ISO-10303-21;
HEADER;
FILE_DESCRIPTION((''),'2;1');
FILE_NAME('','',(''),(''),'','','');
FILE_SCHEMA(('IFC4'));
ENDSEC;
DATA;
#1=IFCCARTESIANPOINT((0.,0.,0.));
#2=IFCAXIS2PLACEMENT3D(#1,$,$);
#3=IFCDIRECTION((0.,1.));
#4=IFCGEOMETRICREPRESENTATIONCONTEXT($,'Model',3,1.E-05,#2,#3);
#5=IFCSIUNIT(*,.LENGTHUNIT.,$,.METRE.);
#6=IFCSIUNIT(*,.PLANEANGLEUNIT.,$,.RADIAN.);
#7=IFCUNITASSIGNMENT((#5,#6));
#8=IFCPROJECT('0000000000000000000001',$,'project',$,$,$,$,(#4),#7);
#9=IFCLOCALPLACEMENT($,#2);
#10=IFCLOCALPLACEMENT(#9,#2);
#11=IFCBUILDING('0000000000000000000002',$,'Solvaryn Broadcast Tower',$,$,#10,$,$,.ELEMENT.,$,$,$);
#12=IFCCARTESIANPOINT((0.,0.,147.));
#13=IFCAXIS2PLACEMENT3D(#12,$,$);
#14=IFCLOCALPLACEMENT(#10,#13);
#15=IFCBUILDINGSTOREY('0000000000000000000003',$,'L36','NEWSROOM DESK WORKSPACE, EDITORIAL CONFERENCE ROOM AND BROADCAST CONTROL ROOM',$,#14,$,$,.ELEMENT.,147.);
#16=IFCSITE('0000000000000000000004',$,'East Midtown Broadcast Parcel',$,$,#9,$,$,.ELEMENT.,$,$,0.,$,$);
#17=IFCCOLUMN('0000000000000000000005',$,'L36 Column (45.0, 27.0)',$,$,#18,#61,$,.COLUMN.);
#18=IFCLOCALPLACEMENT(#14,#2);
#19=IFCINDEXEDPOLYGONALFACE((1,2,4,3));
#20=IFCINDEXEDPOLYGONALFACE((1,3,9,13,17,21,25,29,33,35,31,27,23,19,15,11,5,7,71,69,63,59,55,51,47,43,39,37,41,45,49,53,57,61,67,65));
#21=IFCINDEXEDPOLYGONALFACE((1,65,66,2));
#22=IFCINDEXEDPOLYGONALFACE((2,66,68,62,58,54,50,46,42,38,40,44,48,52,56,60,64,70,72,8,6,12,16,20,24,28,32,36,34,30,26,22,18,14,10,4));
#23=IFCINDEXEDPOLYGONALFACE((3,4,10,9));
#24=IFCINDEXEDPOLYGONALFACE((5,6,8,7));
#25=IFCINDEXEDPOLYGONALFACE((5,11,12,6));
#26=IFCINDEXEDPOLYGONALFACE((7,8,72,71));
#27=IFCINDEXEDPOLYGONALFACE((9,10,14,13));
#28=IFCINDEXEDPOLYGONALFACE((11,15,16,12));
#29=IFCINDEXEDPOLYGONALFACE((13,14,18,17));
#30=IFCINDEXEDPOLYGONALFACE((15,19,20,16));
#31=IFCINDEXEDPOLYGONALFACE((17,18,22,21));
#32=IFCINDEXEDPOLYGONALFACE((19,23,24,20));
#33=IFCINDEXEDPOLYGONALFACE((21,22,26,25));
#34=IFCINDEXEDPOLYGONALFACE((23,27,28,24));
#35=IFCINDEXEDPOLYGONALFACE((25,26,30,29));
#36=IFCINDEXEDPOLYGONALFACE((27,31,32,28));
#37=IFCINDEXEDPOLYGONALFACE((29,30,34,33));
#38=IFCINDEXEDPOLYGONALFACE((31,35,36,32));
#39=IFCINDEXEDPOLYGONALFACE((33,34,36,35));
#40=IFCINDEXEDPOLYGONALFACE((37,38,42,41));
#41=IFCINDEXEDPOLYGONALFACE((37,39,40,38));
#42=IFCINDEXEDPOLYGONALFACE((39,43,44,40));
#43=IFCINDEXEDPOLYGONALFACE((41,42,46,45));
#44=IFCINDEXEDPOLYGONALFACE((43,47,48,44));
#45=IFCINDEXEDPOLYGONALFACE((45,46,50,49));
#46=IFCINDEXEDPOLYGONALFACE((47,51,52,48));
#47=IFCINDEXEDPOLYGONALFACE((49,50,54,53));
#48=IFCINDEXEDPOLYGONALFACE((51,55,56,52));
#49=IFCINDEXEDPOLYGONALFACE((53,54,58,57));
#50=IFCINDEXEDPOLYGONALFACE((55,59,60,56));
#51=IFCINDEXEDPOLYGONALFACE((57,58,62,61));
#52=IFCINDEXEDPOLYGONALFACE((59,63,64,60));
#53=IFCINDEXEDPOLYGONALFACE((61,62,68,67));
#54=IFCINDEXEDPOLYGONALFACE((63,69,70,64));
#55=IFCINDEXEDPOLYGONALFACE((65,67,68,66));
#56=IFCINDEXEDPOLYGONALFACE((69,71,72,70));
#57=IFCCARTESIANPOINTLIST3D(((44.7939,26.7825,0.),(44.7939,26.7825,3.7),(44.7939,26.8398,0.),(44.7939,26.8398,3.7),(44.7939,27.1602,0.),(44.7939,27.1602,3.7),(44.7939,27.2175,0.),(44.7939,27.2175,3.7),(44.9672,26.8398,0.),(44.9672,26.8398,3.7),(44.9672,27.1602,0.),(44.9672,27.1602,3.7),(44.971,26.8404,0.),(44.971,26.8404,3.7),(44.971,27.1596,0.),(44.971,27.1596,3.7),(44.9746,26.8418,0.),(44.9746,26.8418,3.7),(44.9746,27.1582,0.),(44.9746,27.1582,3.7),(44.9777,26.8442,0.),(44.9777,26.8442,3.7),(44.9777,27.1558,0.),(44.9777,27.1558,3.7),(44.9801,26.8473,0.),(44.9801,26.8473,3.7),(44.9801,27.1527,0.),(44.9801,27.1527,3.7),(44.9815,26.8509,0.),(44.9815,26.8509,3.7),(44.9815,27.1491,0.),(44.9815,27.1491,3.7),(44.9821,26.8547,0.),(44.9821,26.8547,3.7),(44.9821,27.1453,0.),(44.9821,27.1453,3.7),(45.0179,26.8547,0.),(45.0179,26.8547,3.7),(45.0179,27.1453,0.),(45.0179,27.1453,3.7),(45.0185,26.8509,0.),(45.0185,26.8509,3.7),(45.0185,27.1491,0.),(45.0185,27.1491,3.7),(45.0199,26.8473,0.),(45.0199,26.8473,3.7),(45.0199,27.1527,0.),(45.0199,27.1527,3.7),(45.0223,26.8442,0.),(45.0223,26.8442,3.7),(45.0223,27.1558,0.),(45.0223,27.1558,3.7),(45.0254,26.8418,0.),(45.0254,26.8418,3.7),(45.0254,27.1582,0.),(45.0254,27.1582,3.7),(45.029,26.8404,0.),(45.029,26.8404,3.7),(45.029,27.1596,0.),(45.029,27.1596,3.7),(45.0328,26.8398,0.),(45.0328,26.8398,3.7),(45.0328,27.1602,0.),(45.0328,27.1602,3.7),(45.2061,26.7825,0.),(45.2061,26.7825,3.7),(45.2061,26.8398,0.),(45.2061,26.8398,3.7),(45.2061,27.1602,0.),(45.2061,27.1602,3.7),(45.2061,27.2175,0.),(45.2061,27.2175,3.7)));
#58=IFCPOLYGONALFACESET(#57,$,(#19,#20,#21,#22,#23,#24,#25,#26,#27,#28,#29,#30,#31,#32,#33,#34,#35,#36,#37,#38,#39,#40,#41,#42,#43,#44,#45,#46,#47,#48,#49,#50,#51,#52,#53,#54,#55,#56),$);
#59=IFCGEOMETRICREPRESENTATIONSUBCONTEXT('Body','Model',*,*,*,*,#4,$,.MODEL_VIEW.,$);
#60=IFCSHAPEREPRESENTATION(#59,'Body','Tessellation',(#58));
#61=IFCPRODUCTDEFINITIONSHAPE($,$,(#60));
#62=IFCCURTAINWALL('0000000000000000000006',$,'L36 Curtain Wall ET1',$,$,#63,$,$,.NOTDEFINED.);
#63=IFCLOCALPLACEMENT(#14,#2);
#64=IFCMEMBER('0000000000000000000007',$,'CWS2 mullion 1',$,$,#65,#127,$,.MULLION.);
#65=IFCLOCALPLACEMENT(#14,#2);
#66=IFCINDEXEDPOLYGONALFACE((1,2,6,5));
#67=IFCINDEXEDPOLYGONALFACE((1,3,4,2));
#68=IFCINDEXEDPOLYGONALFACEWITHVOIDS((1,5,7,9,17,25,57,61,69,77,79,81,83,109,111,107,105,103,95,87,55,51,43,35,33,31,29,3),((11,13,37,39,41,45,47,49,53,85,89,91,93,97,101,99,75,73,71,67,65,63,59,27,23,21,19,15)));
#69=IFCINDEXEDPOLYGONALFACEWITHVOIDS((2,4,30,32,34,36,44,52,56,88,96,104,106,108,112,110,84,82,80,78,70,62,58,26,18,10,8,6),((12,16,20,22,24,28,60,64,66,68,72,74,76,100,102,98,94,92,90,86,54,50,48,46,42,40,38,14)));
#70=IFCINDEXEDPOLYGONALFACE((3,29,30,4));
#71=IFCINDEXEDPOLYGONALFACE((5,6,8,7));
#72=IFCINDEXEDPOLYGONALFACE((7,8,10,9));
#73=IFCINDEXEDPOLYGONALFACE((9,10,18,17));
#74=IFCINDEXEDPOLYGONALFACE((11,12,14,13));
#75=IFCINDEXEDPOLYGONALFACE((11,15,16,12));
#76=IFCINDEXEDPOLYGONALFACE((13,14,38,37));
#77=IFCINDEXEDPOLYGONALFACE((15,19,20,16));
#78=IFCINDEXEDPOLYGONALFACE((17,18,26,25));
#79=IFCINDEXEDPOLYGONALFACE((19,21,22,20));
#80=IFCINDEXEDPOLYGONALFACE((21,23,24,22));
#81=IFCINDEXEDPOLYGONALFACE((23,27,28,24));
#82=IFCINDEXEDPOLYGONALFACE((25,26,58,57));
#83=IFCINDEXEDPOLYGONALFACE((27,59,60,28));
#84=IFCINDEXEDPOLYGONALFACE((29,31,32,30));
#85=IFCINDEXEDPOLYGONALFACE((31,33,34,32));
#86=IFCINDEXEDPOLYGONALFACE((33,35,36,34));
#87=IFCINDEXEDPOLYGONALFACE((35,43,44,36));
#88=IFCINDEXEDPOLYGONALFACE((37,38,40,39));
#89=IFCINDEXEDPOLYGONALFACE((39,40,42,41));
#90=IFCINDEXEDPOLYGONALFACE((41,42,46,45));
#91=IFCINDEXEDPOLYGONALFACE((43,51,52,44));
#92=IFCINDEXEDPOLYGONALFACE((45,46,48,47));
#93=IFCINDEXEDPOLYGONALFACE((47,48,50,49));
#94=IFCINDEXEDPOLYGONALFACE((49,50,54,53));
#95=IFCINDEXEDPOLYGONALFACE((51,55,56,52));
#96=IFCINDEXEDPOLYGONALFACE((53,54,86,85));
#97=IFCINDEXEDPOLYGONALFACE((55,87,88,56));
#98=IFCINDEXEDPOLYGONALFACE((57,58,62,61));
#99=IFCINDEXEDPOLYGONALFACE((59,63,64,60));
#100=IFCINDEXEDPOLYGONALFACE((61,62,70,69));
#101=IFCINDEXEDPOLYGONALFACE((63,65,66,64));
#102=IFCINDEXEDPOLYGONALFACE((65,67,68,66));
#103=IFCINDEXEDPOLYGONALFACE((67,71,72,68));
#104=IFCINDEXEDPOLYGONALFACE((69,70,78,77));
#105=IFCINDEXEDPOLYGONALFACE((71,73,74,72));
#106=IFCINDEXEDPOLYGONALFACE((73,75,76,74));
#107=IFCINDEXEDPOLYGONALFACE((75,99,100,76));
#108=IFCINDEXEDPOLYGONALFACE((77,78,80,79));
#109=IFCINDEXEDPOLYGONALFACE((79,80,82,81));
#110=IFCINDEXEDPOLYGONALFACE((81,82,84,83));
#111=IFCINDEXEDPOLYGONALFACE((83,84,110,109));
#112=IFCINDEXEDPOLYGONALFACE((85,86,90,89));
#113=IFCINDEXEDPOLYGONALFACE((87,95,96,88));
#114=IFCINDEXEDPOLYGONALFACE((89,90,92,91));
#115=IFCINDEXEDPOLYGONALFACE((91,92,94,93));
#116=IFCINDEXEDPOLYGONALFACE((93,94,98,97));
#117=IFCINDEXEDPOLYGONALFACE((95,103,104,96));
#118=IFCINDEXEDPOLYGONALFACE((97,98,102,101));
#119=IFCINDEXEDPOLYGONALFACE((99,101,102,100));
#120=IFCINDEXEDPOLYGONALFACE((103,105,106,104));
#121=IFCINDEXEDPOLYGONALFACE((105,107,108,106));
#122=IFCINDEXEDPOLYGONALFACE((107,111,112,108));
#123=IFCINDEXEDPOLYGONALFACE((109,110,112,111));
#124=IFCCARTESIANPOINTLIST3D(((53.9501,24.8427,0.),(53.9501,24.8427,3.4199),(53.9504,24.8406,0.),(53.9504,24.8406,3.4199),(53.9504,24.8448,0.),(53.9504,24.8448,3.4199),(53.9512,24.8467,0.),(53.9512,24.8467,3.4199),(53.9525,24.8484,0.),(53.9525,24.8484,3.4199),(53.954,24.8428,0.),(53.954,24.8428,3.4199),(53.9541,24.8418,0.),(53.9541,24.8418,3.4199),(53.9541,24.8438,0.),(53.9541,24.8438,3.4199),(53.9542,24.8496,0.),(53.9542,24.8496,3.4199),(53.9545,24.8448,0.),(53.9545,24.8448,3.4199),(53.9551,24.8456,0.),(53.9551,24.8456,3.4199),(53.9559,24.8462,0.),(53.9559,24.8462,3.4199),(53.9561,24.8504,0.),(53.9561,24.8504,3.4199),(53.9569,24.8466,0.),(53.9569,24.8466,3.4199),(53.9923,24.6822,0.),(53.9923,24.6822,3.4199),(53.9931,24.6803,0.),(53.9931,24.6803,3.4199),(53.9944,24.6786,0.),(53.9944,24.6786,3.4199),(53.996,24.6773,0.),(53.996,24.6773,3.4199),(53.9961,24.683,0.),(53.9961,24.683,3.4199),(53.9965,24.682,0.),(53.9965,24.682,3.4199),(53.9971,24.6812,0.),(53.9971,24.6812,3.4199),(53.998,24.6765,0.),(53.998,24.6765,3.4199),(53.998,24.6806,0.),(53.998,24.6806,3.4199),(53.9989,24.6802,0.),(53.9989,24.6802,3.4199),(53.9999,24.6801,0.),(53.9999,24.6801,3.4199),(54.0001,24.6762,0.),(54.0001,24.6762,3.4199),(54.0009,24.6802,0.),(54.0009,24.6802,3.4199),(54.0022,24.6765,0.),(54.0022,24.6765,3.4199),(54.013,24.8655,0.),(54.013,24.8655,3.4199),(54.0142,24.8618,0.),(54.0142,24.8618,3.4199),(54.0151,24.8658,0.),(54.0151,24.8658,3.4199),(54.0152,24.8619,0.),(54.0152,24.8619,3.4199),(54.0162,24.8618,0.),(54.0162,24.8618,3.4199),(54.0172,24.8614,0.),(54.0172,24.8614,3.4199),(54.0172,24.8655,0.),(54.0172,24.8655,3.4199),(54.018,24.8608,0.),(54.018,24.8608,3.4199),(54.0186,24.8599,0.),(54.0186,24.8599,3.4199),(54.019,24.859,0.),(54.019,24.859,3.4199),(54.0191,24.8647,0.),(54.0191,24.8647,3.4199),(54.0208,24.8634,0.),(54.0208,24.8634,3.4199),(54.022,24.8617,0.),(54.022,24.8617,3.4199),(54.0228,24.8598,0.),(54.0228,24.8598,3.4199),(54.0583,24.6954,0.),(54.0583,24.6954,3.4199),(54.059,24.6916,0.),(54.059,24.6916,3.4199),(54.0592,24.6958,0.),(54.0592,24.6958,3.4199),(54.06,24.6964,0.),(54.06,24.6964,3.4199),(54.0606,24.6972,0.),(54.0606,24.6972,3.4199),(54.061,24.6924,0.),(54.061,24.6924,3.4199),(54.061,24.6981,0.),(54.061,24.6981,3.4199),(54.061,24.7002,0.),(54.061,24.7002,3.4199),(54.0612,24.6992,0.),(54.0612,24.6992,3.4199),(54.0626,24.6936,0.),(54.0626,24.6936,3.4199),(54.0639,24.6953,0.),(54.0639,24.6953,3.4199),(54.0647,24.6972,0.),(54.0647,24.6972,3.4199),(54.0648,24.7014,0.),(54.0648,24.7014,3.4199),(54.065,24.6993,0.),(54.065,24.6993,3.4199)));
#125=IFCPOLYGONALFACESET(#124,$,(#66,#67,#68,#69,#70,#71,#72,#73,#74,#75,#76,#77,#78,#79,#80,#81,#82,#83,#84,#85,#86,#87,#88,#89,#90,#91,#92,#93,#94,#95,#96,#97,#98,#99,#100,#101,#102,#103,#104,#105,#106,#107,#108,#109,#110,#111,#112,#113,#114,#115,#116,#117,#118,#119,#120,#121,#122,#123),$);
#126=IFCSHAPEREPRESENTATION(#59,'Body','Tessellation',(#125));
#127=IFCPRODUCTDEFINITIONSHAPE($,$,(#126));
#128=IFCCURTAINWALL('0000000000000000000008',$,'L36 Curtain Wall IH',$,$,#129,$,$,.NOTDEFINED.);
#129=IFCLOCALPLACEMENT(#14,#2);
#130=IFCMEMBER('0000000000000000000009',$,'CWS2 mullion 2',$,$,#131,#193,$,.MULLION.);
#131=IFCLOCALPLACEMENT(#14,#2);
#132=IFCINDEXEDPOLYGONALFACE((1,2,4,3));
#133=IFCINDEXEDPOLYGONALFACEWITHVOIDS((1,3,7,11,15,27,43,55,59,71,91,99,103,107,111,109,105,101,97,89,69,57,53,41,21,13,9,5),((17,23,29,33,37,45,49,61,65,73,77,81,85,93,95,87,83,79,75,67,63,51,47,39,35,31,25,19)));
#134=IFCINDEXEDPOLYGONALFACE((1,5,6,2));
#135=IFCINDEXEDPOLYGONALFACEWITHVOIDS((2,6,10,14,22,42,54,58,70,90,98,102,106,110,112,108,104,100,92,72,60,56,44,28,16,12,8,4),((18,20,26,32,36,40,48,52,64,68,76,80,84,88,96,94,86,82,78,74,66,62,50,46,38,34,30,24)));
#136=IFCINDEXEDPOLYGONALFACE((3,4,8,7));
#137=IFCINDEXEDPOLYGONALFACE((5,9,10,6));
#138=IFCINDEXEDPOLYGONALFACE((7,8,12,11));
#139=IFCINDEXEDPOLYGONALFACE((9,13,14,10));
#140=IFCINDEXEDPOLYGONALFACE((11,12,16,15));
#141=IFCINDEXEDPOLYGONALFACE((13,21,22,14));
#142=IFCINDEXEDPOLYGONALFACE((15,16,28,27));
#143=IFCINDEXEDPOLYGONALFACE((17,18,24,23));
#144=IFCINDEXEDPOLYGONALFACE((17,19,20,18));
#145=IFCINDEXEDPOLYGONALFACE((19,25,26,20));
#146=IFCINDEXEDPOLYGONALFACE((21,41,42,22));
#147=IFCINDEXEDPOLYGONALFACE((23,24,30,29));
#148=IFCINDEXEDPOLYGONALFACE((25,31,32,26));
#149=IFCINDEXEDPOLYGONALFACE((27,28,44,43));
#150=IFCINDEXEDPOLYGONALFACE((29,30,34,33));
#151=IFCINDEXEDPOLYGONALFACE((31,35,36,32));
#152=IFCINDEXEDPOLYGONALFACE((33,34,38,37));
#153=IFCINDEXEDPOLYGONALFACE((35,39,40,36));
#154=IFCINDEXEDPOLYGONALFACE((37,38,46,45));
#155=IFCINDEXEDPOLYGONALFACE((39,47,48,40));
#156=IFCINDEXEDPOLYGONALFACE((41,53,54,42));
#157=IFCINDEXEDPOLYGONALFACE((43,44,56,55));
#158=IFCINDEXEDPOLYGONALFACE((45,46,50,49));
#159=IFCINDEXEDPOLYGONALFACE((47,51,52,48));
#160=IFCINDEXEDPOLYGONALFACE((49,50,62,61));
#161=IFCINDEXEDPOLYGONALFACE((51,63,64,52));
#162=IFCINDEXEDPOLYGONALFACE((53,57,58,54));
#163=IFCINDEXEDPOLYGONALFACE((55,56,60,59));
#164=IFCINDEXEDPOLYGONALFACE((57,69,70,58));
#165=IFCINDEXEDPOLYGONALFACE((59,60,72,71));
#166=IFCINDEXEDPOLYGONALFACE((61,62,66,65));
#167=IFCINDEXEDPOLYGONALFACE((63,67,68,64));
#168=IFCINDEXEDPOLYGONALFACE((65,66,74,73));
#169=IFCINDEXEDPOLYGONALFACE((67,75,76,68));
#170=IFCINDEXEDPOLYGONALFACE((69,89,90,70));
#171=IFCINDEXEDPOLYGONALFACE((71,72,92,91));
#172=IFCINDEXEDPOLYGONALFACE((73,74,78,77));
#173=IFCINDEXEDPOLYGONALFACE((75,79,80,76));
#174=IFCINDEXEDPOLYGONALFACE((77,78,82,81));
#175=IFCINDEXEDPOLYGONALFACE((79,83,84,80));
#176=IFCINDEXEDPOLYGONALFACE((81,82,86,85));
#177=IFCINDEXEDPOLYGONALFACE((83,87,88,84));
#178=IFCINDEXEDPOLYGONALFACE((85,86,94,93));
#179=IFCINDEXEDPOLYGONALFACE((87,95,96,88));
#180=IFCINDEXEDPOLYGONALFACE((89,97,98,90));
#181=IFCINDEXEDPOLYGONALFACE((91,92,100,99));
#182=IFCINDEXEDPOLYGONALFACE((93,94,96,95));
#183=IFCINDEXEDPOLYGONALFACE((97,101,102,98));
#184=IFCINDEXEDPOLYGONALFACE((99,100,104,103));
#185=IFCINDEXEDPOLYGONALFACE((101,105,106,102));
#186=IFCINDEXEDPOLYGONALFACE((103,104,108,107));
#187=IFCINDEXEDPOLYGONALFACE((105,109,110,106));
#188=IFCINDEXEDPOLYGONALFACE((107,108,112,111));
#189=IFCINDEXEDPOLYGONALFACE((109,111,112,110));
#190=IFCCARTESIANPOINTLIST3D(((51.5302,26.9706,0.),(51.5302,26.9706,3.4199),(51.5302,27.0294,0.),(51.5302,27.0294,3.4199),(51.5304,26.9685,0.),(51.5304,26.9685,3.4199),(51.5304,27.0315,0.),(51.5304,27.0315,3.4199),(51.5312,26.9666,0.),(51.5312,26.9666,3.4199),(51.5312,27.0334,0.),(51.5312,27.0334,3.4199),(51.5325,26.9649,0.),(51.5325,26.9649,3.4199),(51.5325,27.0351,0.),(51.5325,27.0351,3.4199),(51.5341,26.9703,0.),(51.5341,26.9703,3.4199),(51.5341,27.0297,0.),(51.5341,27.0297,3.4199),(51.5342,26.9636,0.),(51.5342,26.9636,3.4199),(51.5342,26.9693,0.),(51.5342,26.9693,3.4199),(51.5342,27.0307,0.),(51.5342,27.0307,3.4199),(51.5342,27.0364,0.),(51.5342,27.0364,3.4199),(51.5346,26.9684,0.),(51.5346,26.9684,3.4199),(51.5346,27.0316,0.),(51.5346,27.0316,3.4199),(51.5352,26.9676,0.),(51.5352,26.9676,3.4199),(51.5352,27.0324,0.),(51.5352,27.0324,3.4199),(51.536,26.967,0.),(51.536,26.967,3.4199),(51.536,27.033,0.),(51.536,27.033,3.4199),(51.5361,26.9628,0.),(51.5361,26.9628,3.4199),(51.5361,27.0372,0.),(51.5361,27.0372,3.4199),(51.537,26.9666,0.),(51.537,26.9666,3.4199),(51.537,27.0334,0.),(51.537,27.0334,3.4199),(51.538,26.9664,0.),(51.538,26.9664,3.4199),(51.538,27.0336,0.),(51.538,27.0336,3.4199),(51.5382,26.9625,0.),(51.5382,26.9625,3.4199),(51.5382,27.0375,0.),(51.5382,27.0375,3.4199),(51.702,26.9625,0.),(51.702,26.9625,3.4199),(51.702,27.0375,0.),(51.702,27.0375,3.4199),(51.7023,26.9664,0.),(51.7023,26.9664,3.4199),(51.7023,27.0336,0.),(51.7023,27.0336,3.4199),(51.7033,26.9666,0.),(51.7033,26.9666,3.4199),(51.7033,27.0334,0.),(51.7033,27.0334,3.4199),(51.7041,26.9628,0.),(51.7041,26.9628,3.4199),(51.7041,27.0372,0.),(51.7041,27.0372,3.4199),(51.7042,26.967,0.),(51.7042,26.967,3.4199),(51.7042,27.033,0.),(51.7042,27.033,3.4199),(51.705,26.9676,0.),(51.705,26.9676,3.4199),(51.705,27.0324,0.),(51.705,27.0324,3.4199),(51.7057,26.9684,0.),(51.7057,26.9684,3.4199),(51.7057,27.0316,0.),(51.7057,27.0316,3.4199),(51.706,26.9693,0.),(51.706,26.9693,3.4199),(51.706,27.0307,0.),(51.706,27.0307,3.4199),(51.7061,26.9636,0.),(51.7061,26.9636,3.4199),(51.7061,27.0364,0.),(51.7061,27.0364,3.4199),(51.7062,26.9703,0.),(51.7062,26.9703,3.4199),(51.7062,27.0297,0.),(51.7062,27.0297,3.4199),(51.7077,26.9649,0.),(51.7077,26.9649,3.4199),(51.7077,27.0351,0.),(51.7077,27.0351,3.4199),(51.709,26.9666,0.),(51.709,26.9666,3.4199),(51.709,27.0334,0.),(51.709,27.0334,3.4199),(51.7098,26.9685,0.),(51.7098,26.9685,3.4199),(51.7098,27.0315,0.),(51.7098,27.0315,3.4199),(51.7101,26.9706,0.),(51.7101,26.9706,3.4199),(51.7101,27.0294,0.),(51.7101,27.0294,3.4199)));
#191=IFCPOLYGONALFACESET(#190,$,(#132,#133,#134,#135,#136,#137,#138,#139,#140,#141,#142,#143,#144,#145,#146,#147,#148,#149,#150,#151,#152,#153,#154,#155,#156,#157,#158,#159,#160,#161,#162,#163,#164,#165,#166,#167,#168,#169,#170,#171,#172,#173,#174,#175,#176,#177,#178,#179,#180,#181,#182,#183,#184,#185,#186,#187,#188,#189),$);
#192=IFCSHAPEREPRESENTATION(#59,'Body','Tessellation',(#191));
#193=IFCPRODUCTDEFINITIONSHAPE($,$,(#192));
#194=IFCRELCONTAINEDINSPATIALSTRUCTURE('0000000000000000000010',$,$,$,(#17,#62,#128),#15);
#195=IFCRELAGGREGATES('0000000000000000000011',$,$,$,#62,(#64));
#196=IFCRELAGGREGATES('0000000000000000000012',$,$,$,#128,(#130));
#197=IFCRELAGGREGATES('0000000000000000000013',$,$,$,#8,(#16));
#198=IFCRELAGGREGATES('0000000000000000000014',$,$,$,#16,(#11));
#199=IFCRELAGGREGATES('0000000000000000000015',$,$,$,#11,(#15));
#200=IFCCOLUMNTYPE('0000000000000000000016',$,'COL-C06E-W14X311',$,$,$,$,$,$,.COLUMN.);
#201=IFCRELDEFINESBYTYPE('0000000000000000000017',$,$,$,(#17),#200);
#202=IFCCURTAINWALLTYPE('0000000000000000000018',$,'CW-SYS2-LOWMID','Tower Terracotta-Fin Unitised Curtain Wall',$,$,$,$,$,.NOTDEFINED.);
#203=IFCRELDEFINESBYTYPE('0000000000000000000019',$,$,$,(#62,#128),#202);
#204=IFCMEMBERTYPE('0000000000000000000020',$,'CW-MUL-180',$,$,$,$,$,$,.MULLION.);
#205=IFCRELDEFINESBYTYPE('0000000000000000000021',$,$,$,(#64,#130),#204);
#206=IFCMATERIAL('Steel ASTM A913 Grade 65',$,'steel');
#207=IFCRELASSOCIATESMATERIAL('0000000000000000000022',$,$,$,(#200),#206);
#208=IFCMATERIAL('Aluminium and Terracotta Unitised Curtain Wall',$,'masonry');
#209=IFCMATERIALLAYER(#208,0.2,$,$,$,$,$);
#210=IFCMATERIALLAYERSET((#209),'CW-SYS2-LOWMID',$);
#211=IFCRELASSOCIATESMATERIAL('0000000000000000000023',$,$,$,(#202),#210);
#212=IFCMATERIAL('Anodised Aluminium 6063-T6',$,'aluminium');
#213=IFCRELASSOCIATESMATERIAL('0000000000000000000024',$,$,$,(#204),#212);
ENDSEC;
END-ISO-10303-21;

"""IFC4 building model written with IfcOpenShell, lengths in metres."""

from ifc_helpers import new_model, si_unit, direction, frame, origin, origin_2d, place, context, subcontext, project, spatial, hollow_rectangle, i_section, extrude, material, layer, layer_set, material_profile, profile_set, type_object, element, aggregate, save


model = new_model("IFC4")

# Units and contexts
model_context = context("Model", 3, precision=1e-05, world=origin(), true_north=direction((0.0, 1.0)))
body_context = subcontext(model_context, "Body", "Model", "MODEL_VIEW")
ifc_project = project(units=[si_unit("LENGTHUNIT", "METRE"), si_unit("PLANEANGLEUNIT", "RADIAN")], contexts=[model_context])

# Site, building, storey
site_placement = place(None, origin())
site = spatial("IfcSite", under=ifc_project, at=site_placement, Name="East Midtown Broadcast Parcel", CompositionType="ELEMENT", RefElevation=0.0)
building_placement = place(site_placement, origin())
building = spatial("IfcBuilding", under=site, at=building_placement, Name="Solvaryn Broadcast Tower", CompositionType="ELEMENT")
storey_placement = place(building_placement, frame((0.0, 0.0, 147.0)))
storey = spatial("IfcBuildingStorey", under=building, at=storey_placement, Name="L36", Description="NEWSROOM DESK WORKSPACE, EDITORIAL CONFERENCE ROOM AND BROADCAST CONTROL ROOM", CompositionType="ELEMENT", Elevation=147.0)

# Column
ifc_material_1 = material(Name="Steel ASTM A913 Grade 65", Category="steel")
ifc_material_profile_1 = material_profile(ifc_material_1, i_section(OverallWidth=0.4121, OverallDepth=0.4351, WebThickness=0.0359, FlangeThickness=0.0574, FilletRadius=0.0149, at=origin_2d()))
ifc_profile_set_1 = profile_set([ifc_material_profile_1], Name="Steel ASTM A913 Grade 65")
column_type = type_object("IfcColumnType", Name="COL-C06E-W14X311", PredefinedType="COLUMN", material=ifc_profile_set_1)
column_placement = place(storey_placement, frame((45.0, 27.0, 0.0), z_axis=(0.0, 0.0, 1.0), x_axis=(1.0, 0.0, 0.0)))
element("IfcColumn", 1, at=column_placement, inside=storey, type_object=column_type, Name="L36 Column (45.0, 27.0)", PredefinedType="COLUMN", context=body_context, shape_type="SweptSolid", body=[
    extrude(i_section(OverallWidth=0.4121, OverallDepth=0.4351, WebThickness=0.0359, FlangeThickness=0.0574, FilletRadius=0.0149, at=origin_2d()), origin(), (0.0, 0.0, 1.0), 3.7),
])

# Curtain walls, members
ifc_material_2 = material(Name="Aluminium and Terracotta Unitised Curtain Wall", Category="masonry")
ifc_layer_1 = layer(ifc_material_2, 0.2)
ifc_layer_set_1 = layer_set([ifc_layer_1], Name="CW-SYS2-LOWMID")
curtain_wall_type = type_object("IfcCurtainWallType", Name="CW-SYS2-LOWMID", Description="Tower Terracotta-Fin Unitised Curtain Wall", PredefinedType="NOTDEFINED", material=ifc_layer_set_1)
curtain_wall_1_placement = place(storey_placement, origin())
curtain_wall_1 = element("IfcCurtainWall", 2, at=curtain_wall_1_placement, inside=storey, type_object=curtain_wall_type, Name="L36 Curtain Wall ET1", PredefinedType="NOTDEFINED")
ifc_material_3 = material(Name="Anodised Aluminium 6063-T6", Category="aluminium")
ifc_material_profile_2 = material_profile(ifc_material_3, hollow_rectangle(XDim=0.075, YDim=0.1799, WallThickness=0.0039, InnerFilletRadius=0.0039, OuterFilletRadius=0.0081, at=origin_2d()))
ifc_profile_set_2 = profile_set([ifc_material_profile_2], Name="Anodised Aluminium 6063-T6")
member_type_1 = type_object("IfcMemberType", Name="CW-MUL-180", PredefinedType="MULLION", material=ifc_profile_set_2)
member_1_placement = place(storey_placement, frame((54.0076, 24.771, 0.0), z_axis=(0.0, 0.0, 1.0), x_axis=(0.966705, 0.255893, 0.0)))
member_1 = element("IfcMember", 3, at=member_1_placement, type_object=member_type_1, Name="CWS2 mullion 1", PredefinedType="MULLION", context=body_context, shape_type="SweptSolid", body=[
    extrude(hollow_rectangle(XDim=0.075, YDim=0.1799, WallThickness=0.0039, InnerFilletRadius=0.0039, OuterFilletRadius=0.0081, at=origin_2d()), origin(), (0.0, 0.0, 1.0), 3.4199),
])
curtain_wall_2_placement = place(storey_placement, origin())
curtain_wall_2 = element("IfcCurtainWall", 4, at=curtain_wall_2_placement, inside=storey, type_object=curtain_wall_type, Name="L36 Curtain Wall IH", PredefinedType="NOTDEFINED")
member_2_placement = place(storey_placement, frame((51.6201, 27.0, 0.0), z_axis=(0.0, 0.0, 1.0), x_axis=(0.0, 1.0, 0.0)))
member_2 = element("IfcMember", 5, at=member_2_placement, type_object=member_type_1, Name="CWS2 mullion 2", PredefinedType="MULLION", context=body_context, shape_type="SweptSolid", body=[
    extrude(hollow_rectangle(XDim=0.075, YDim=0.1799, WallThickness=0.0039, InnerFilletRadius=0.0039, OuterFilletRadius=0.0081, at=origin_2d()), origin(), (0.0, 0.0, 1.0), 3.4199),
])

aggregate(curtain_wall_1, [member_1])
aggregate(curtain_wall_2, [member_2])

save(model, "model.ifc")
